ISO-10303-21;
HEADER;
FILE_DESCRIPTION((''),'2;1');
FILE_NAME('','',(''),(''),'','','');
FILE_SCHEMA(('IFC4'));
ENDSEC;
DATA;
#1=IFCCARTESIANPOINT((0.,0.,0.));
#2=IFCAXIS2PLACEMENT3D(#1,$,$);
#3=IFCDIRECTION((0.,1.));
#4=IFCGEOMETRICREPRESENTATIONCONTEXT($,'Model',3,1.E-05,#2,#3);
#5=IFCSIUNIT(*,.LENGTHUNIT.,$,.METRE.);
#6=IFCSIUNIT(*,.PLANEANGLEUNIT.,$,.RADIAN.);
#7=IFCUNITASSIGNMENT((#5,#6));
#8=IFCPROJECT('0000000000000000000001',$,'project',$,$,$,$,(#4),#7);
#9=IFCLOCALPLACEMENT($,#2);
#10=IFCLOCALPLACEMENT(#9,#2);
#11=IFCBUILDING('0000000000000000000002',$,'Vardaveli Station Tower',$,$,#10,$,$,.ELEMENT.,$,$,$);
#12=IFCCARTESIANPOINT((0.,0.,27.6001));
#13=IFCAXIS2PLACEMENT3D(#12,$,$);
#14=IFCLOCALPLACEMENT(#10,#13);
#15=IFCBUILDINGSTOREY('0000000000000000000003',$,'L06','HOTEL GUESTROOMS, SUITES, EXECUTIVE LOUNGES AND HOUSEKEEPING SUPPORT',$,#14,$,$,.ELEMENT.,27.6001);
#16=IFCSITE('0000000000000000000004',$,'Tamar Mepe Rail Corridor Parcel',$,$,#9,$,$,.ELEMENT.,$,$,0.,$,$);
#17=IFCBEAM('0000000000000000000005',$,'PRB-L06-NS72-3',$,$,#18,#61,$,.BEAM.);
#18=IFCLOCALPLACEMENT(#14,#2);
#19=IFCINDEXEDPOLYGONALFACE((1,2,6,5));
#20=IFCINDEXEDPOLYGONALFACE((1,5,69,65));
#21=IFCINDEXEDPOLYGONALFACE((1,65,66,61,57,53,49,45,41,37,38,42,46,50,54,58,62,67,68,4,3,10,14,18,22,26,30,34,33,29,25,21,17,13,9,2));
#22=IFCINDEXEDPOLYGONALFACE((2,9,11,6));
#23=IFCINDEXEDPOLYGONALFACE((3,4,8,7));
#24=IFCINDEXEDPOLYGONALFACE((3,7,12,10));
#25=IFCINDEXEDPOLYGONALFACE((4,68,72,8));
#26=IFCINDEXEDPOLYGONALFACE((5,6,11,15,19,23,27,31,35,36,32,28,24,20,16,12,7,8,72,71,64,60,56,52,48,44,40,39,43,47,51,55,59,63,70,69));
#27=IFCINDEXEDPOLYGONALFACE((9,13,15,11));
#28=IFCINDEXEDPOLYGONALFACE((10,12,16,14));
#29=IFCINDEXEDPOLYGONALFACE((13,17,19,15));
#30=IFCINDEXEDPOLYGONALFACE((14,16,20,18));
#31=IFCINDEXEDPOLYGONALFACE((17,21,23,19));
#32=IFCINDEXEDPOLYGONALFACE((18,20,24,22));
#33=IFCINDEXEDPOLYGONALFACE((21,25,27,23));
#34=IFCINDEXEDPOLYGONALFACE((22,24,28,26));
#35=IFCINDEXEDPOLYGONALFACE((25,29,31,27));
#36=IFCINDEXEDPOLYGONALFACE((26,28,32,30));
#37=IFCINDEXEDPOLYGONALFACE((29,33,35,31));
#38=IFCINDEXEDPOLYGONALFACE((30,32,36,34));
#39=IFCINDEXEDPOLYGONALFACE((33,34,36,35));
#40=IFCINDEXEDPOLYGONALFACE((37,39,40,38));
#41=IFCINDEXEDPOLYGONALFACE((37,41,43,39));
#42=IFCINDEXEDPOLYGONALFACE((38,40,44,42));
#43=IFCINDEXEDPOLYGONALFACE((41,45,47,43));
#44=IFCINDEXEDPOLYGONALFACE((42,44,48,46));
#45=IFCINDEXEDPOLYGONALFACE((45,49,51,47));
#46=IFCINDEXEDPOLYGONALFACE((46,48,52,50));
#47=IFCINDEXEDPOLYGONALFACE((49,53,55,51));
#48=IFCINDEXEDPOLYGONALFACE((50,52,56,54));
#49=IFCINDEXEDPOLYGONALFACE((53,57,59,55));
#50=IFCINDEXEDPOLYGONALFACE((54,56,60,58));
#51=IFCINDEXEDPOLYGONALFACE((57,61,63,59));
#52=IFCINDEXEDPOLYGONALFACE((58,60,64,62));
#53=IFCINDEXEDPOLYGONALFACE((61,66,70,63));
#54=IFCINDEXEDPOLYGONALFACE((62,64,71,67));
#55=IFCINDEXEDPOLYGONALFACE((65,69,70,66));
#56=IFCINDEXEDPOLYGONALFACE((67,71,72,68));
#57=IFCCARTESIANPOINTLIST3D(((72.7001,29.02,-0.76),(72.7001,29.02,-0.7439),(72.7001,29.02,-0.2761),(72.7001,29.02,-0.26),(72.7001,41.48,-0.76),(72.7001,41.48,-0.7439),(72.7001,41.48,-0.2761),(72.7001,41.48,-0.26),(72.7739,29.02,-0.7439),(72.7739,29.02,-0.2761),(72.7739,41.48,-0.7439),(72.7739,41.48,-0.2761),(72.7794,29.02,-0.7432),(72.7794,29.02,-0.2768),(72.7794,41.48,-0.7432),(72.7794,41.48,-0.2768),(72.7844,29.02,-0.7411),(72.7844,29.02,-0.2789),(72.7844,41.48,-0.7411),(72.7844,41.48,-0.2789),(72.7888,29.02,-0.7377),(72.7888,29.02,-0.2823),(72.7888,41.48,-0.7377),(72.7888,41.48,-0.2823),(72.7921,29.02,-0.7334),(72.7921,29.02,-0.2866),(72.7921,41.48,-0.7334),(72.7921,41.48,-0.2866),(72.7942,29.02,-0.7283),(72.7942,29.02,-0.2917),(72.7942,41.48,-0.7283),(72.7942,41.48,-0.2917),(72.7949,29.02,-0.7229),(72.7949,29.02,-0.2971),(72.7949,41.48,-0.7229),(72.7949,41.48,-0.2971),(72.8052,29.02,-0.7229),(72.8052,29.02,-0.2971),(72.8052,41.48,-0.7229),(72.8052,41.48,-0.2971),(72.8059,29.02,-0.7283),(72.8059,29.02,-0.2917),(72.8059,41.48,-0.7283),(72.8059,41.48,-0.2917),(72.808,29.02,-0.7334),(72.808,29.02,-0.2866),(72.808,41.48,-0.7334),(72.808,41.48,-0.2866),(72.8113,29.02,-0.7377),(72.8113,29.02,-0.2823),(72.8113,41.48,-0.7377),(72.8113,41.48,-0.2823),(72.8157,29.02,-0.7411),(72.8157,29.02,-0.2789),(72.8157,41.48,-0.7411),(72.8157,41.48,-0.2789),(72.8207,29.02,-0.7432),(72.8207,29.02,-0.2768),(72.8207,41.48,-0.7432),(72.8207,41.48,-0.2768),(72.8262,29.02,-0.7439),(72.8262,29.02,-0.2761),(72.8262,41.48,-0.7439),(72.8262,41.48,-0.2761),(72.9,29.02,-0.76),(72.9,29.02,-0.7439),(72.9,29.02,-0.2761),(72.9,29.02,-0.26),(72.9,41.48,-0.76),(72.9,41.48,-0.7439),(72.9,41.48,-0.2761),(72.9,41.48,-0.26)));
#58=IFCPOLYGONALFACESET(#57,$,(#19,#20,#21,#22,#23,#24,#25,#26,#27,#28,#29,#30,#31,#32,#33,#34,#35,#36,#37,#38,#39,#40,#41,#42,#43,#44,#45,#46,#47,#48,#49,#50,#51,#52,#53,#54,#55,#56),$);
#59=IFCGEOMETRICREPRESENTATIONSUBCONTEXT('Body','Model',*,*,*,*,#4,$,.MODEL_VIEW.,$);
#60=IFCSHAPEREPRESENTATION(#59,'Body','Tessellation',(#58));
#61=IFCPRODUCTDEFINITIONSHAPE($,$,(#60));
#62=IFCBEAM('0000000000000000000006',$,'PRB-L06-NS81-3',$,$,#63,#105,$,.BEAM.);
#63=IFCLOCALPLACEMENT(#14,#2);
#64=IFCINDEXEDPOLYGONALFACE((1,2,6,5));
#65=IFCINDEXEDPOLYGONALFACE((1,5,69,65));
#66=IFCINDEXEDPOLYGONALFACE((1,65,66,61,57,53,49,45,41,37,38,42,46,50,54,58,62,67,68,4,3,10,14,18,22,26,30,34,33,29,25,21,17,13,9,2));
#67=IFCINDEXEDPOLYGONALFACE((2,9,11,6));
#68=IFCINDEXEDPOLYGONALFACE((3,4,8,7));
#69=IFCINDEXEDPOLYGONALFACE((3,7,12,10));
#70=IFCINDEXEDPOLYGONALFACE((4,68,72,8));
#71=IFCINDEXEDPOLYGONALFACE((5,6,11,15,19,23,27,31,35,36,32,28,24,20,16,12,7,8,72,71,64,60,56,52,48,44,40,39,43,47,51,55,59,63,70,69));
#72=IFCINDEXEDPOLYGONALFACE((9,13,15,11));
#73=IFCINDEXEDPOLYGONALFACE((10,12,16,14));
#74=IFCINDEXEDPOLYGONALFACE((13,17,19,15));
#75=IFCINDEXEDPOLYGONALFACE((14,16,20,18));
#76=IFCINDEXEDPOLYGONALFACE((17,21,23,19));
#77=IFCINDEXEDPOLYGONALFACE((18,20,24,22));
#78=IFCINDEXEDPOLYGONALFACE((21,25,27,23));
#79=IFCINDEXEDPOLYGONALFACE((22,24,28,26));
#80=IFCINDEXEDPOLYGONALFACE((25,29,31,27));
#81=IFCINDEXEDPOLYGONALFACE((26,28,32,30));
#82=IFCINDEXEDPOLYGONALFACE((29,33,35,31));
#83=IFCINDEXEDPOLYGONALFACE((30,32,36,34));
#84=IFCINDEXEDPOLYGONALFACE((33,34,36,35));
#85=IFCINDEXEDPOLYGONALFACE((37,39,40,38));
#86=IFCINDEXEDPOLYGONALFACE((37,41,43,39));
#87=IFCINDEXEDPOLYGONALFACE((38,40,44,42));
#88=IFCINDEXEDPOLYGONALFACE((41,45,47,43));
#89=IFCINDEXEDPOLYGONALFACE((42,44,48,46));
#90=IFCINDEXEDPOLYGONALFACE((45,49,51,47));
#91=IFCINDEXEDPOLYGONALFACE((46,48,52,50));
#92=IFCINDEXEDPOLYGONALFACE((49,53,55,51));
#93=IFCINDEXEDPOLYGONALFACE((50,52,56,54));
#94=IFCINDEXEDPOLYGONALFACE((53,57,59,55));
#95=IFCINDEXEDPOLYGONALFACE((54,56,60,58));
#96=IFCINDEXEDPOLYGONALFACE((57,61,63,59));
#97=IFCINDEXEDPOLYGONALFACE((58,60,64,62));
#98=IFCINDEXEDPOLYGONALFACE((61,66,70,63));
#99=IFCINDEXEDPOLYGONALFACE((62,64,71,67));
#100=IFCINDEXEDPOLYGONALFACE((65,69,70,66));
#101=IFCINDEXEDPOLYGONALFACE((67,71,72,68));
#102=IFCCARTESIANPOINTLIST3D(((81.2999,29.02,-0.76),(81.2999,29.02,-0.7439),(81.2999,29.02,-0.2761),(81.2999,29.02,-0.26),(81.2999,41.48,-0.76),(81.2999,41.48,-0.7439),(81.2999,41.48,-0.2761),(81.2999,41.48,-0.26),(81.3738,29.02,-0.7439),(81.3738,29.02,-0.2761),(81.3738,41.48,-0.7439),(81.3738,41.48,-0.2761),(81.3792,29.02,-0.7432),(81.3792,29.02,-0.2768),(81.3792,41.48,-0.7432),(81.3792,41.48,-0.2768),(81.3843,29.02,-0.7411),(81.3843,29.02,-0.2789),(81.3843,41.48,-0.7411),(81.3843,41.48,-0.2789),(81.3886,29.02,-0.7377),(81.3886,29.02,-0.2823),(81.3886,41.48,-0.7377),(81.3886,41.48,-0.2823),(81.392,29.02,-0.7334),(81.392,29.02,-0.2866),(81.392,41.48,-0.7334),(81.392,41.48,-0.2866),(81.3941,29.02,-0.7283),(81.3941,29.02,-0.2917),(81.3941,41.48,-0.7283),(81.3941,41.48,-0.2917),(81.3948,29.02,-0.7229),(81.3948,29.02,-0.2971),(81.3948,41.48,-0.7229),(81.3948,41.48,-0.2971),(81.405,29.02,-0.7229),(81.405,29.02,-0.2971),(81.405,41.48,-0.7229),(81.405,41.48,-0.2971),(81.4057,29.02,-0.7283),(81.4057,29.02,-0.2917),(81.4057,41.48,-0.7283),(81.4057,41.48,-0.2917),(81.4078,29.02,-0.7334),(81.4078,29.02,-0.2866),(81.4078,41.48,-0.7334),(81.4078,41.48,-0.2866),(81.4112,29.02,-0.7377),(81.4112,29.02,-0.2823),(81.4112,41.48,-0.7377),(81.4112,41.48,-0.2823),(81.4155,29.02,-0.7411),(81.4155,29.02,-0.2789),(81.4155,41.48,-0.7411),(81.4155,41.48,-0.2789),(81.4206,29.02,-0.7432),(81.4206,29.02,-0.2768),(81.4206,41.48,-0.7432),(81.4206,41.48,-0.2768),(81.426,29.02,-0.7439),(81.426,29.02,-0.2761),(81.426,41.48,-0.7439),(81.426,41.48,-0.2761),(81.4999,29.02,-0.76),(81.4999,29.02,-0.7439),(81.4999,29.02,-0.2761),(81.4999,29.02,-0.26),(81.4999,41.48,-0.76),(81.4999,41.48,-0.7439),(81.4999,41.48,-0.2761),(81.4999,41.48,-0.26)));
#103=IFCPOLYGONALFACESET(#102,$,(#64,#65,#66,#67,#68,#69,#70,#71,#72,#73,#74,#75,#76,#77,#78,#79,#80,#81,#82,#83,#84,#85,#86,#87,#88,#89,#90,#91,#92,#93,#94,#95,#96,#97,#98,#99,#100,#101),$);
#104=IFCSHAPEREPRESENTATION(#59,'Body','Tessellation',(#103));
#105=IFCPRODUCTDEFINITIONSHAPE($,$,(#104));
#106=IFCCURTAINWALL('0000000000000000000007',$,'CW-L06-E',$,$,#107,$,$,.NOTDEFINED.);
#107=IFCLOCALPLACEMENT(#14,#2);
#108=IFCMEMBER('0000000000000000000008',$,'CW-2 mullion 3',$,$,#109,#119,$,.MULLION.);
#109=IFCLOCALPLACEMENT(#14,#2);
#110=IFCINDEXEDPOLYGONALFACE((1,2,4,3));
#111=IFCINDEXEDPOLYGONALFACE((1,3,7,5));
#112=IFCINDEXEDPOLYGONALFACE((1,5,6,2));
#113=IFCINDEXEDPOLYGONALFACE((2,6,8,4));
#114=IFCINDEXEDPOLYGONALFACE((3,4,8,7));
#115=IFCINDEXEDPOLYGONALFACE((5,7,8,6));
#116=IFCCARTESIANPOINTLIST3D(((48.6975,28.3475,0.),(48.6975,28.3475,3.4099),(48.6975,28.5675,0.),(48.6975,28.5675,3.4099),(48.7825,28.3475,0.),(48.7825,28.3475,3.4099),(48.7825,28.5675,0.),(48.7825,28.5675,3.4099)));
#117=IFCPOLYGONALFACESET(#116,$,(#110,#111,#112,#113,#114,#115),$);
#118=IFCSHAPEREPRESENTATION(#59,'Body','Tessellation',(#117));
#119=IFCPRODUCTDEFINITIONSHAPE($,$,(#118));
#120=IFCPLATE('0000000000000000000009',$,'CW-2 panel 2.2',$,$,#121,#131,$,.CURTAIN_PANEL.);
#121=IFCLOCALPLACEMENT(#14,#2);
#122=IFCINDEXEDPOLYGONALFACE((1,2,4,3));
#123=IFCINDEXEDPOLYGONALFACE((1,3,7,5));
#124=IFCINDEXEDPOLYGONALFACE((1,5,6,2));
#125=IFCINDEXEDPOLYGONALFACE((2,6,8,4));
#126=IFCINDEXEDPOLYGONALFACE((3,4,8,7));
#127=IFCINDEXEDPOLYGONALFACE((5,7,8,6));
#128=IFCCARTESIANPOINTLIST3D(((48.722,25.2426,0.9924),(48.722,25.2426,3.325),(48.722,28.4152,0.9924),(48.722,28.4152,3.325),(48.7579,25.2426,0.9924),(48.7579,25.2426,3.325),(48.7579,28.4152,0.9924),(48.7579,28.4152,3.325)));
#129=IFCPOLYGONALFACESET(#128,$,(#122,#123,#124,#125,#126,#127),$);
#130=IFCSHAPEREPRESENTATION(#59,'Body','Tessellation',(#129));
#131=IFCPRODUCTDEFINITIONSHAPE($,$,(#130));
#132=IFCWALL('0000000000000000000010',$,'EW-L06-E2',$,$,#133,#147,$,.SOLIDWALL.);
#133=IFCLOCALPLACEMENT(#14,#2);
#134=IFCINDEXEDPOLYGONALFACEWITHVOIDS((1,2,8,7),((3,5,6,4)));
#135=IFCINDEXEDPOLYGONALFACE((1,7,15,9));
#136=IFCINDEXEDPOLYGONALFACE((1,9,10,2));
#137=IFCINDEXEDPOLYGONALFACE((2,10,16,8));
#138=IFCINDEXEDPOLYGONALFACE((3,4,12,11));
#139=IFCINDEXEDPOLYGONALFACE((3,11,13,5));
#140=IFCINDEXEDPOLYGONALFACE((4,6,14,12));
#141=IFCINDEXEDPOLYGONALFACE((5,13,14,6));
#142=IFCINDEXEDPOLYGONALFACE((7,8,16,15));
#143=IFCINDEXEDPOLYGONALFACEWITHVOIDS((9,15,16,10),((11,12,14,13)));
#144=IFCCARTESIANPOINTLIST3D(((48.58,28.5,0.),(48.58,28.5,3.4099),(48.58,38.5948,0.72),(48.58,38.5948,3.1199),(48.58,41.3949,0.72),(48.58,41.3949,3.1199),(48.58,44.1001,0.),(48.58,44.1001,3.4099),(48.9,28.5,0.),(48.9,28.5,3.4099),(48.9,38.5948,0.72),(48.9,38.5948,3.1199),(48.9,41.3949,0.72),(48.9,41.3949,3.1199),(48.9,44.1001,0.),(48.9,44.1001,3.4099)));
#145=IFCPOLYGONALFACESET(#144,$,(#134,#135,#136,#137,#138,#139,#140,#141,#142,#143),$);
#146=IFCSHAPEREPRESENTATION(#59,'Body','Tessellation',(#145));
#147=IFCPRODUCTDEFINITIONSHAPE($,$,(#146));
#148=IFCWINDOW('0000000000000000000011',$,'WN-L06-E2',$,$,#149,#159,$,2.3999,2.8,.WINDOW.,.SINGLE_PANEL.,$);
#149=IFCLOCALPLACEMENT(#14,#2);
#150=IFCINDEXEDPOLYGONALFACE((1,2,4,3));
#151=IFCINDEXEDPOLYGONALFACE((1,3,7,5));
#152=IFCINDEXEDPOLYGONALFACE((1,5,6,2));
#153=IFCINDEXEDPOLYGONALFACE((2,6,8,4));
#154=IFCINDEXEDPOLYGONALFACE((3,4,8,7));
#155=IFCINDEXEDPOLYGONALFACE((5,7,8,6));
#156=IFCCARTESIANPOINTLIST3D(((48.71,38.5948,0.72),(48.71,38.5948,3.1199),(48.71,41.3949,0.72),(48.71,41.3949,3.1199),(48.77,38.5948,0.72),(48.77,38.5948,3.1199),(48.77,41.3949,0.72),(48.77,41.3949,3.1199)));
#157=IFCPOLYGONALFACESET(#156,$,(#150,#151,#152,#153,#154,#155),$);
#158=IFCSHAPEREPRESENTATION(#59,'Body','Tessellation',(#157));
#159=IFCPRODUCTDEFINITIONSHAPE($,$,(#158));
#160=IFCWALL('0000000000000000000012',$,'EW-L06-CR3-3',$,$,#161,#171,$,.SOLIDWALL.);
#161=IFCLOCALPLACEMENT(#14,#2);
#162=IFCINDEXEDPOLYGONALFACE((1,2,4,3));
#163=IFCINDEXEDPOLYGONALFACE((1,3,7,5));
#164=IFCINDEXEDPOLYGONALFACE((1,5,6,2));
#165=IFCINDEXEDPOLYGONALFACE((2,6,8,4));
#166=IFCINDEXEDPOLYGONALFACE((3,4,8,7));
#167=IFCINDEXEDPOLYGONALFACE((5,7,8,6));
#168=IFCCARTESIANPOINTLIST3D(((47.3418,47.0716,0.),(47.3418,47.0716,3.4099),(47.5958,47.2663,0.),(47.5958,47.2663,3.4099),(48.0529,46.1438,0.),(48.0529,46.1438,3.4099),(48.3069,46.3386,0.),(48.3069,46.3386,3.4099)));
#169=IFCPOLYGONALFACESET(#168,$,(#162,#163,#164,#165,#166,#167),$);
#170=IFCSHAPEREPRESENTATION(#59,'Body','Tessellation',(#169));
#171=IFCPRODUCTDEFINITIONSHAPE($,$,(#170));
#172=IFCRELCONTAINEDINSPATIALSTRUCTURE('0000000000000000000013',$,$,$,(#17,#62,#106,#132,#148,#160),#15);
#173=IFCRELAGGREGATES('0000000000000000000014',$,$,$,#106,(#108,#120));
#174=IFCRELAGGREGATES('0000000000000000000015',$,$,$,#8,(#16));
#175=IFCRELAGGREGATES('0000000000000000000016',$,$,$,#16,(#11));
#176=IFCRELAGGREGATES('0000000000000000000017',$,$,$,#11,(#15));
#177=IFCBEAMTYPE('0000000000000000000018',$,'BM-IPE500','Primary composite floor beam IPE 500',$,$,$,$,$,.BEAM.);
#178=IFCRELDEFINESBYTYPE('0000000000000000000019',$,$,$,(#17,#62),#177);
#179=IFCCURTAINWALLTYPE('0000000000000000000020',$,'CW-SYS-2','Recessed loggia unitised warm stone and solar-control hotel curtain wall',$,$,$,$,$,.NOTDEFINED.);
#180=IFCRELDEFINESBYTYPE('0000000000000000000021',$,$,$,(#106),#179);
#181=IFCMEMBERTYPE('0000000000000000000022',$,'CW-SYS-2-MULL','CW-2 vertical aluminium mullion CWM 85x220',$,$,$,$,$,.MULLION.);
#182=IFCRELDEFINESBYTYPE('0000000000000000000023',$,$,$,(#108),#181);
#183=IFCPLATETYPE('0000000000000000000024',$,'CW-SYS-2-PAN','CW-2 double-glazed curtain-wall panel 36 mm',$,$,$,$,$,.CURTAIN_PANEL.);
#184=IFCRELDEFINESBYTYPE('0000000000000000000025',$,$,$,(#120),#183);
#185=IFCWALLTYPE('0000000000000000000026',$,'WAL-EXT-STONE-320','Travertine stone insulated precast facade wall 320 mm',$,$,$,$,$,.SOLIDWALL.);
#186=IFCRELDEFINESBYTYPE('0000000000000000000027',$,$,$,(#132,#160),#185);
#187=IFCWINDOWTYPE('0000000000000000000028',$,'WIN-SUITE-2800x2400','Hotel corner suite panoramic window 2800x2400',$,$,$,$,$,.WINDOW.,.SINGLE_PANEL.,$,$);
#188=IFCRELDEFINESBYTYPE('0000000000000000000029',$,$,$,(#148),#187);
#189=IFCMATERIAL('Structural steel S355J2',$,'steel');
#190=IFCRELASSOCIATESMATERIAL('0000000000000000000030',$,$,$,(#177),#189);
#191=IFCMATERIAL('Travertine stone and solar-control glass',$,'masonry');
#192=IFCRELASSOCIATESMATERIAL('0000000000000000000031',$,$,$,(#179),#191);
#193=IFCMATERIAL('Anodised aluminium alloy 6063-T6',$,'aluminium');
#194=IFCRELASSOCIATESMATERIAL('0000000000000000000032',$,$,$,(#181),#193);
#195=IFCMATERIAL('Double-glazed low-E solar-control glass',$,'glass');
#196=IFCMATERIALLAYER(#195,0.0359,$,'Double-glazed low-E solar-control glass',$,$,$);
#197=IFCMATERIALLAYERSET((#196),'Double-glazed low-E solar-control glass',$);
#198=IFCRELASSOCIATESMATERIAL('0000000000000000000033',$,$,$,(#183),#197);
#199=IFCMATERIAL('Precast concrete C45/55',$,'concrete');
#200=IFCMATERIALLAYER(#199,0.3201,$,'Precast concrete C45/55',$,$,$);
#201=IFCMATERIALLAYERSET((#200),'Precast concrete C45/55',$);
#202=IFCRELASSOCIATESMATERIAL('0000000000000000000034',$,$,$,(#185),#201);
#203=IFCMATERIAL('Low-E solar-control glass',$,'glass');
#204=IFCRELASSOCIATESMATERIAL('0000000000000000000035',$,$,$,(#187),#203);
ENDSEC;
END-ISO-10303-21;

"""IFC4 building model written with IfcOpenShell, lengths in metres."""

from ifc_helpers import new_model, si_unit, direction, frame, frame_2d, origin, origin_2d, place, context, subcontext, project, spatial, rectangle, i_section, extrude, source, transform, mapped, material, layer, layer_set, material_profile, profile_set, type_object, element, fill, aggregate, save


model = new_model("IFC4")

# Units and contexts
model_context = context("Model", 3, precision=1e-05, world=origin(), true_north=direction((0.0, 1.0)))
body_context = subcontext(model_context, "Body", "Model", "MODEL_VIEW")
ifc_project = project(units=[si_unit("LENGTHUNIT", "METRE"), si_unit("PLANEANGLEUNIT", "RADIAN")], contexts=[model_context])

# Site, building, storey
site_placement = place(None, origin())
site = spatial("IfcSite", under=ifc_project, at=site_placement, Name="Tamar Mepe Rail Corridor Parcel", CompositionType="ELEMENT", RefElevation=0.0)
building_placement = place(site_placement, origin())
building = spatial("IfcBuilding", under=site, at=building_placement, Name="Vardaveli Station Tower", CompositionType="ELEMENT")
storey_placement = place(building_placement, frame((0.0, 0.0, 27.6001)))
storey = spatial("IfcBuildingStorey", under=building, at=storey_placement, Name="L06", Description="HOTEL GUESTROOMS, SUITES, EXECUTIVE LOUNGES AND HOUSEKEEPING SUPPORT", CompositionType="ELEMENT", Elevation=27.6001)

# Beams
ifc_material_1 = material(Name="Structural steel S355J2", Category="steel")
ifc_material_profile_1 = material_profile(ifc_material_1, i_section(OverallWidth=0.2, OverallDepth=0.5, WebThickness=0.0103, FlangeThickness=0.0161, FilletRadius=0.021, at=origin_2d()), Name="IPE 500")
ifc_profile_set_1 = profile_set([ifc_material_profile_1], Name="Structural steel S355J2")
beam_type_1 = type_object("IfcBeamType", Name="BM-IPE500", Description="Primary composite floor beam IPE 500", PredefinedType="BEAM", material=ifc_profile_set_1)
shared_shape_1 = source(origin(), body_context, "Body", "SweptSolid", [
    extrude(i_section(OverallWidth=0.2, OverallDepth=0.5, WebThickness=0.0103, FlangeThickness=0.0161, FilletRadius=0.021, at=origin_2d()), origin(), (0.0, 0.0, 1.0), 12.46),
])
for number, where, z_axis, x_axis, name in (
    (1, (72.8, 29.02, -0.51), (0.0, 1.0, 0.0), (-1.0, 0.0, 0.0), "PRB-L06-NS72-3"),
    (2, (81.3999, 29.02, -0.51), (0.0, 1.0, 0.0), (-1.0, 0.0, 0.0), "PRB-L06-NS81-3"),
):
    element("IfcBeam", number, at=place(storey_placement, frame(where, z_axis=z_axis, x_axis=x_axis)), inside=storey, type_object=beam_type_1, Name=name, PredefinedType="BEAM", context=body_context, shape_type="MappedRepresentation", body=[
        mapped(shared_shape_1, transform((0.0, 0.0, 0.0), scale=1.0)),
    ])

# Curtain wall, member, plate
ifc_material_2 = material(Name="Travertine stone and solar-control glass", Category="masonry")
curtain_wall_type = type_object("IfcCurtainWallType", Name="CW-SYS-2", Description="Recessed loggia unitised warm stone and solar-control hotel curtain wall", PredefinedType="NOTDEFINED", material=ifc_material_2)
curtain_wall_placement = place(storey_placement, origin())
curtain_wall = element("IfcCurtainWall", 3, at=curtain_wall_placement, inside=storey, type_object=curtain_wall_type, Name="CW-L06-E", PredefinedType="NOTDEFINED")
ifc_material_3 = material(Name="Anodised aluminium alloy 6063-T6", Category="aluminium")
ifc_material_profile_2 = material_profile(ifc_material_3, rectangle(XDim=0.085, YDim=0.22, at=origin_2d()), Name="CWM 85x220")
ifc_profile_set_2 = profile_set([ifc_material_profile_2], Name="Anodised aluminium alloy 6063-T6")
member_type = type_object("IfcMemberType", Name="CW-SYS-2-MULL", Description="CW-2 vertical aluminium mullion CWM 85x220", PredefinedType="MULLION", material=ifc_profile_set_2)
shared_shape_2 = source(origin(), body_context, "Body", "SweptSolid", [
    extrude(rectangle(XDim=0.085, YDim=0.22, at=origin_2d()), origin(), (0.0, 0.0, 1.0), 3.4099),
])
member_placement = place(storey_placement, frame((48.74, 28.4575, 0.0), z_axis=(0.0, 0.0, 1.0), x_axis=(-1.0, 0.0, 0.0)))
member = element("IfcMember", 4, at=member_placement, type_object=member_type, Name="CW-2 mullion 3", PredefinedType="MULLION", context=body_context, shape_type="MappedRepresentation", body=[
    mapped(shared_shape_2, transform((0.0, 0.0, 0.0), scale=1.0)),
])
ifc_material_4 = material(Name="Double-glazed low-E solar-control glass", Category="glass")
ifc_layer_1 = layer(ifc_material_4, 0.0359, Name="Double-glazed low-E solar-control glass")
ifc_layer_set_1 = layer_set([ifc_layer_1], Name="Double-glazed low-E solar-control glass")
plate_type = type_object("IfcPlateType", Name="CW-SYS-2-PAN", Description="CW-2 double-glazed curtain-wall panel 36 mm", PredefinedType="CURTAIN_PANEL", material=ifc_layer_set_1)
shared_shape_3 = source(origin(), body_context, "Body", "SweptSolid", [
    extrude(rectangle(XDim=3.1726, YDim=0.0359, at=origin_2d()), origin(), (0.0, 0.0, 1.0), 2.3325),
])
plate_placement = place(storey_placement, frame((48.74, 26.8289, 0.9924), z_axis=(0.0, 0.0, 1.0), x_axis=(0.0, 1.0, 0.0)))
plate = element("IfcPlate", 5, at=plate_placement, type_object=plate_type, Name="CW-2 panel 2.2", PredefinedType="CURTAIN_PANEL", context=body_context, shape_type="MappedRepresentation", body=[
    mapped(shared_shape_3, transform((0.0, 0.0, 0.0), scale=1.0)),
])
aggregate(curtain_wall, [member, plate])

# Wall, opening, window
ifc_material_5 = material(Name="Precast concrete C45/55", Category="concrete")
ifc_layer_2 = layer(ifc_material_5, 0.3201, Name="Precast concrete C45/55")
ifc_layer_set_2 = layer_set([ifc_layer_2], Name="Precast concrete C45/55")
wall_type = type_object("IfcWallType", Name="WAL-EXT-STONE-320", Description="Travertine stone insulated precast facade wall 320 mm", PredefinedType="SOLIDWALL", material=ifc_layer_set_2)
shared_shape_4 = source(origin(), body_context, "Body", "SweptSolid", [
    extrude(rectangle(XDim=15.6001, YDim=0.3201, at=frame_2d((7.8, 0.0))), origin(), (0.0, 0.0, 1.0), 3.4099),
])
wall_1_placement = place(storey_placement, frame((48.74, 28.5, 0.0), z_axis=(0.0, 0.0, 1.0), x_axis=(0.0, 1.0, 0.0)))
wall_1 = element("IfcWall", 6, at=wall_1_placement, inside=storey, type_object=wall_type, Name="EW-L06-E2", PredefinedType="SOLIDWALL", context=body_context, shape_type="MappedRepresentation", body=[
    mapped(shared_shape_4, transform((0.0, 0.0, 0.0), scale=1.0)),
])
shared_shape_5 = source(origin(), body_context, "Body", "SweptSolid", [
    extrude(rectangle(XDim=2.8, YDim=2.3999, at=frame_2d((1.3999, 1.2))), frame((0.0, 0.1699, 0.0), z_axis=(0.0, -1.0, 0.0), x_axis=(1.0, 0.0, 0.0)), (0.0, 0.0, 1.0), 0.3401),
])
opening_placement = place(wall_1_placement, frame((10.095, 0.0, 0.72)))
opening = element("IfcOpeningElement", 7, at=opening_placement, cuts=wall_1, PredefinedType="OPENING", context=body_context, shape_type="MappedRepresentation", body=[
    mapped(shared_shape_5, transform((0.0, 0.0, 0.0), scale=1.0)),
])
ifc_material_6 = material(Name="Low-E solar-control glass", Category="glass")
window_type = type_object("IfcWindowType", Name="WIN-SUITE-2800x2400", Description="Hotel corner suite panoramic window 2800x2400", PartitioningType="SINGLE_PANEL", PredefinedType="WINDOW", material=ifc_material_6)
shared_shape_6 = source(origin(), body_context, "Body", "SweptSolid", [
    extrude(rectangle(XDim=2.8, YDim=2.3999, at=frame_2d((1.3999, 1.2))), frame((0.0, 0.03, 0.0), z_axis=(0.0, -1.0, 0.0), x_axis=(1.0, 0.0, 0.0)), (0.0, 0.0, 1.0), 0.0601),
])
window_placement = place(opening_placement, origin())
window = element("IfcWindow", 8, at=window_placement, inside=storey, type_object=window_type, Name="WN-L06-E2", OverallHeight=2.3999, OverallWidth=2.8, PartitioningType="SINGLE_PANEL", PredefinedType="WINDOW", context=body_context, shape_type="MappedRepresentation", body=[
    mapped(shared_shape_6, transform((0.0, 0.0, 0.0), scale=1.0)),
])
fill(opening, window)

# Wall
shared_shape_7 = source(origin(), body_context, "Body", "SweptSolid", [
    extrude(rectangle(XDim=1.1689, YDim=0.3201, at=frame_2d((0.5845, 0.0))), origin(), (0.0, 0.0, 1.0), 3.4099),
])
wall_2_placement = place(storey_placement, frame((48.1799, 46.2412, 0.0), z_axis=(0.0, 0.0, 1.0), x_axis=(-0.608388, 0.79364, 0.0)))
element("IfcWall", 9, at=wall_2_placement, inside=storey, type_object=wall_type, Name="EW-L06-CR3-3", PredefinedType="SOLIDWALL", context=body_context, shape_type="MappedRepresentation", body=[
    mapped(shared_shape_7, transform((0.0, 0.0, 0.0), scale=1.0)),
])

save(model, "model.ifc")
